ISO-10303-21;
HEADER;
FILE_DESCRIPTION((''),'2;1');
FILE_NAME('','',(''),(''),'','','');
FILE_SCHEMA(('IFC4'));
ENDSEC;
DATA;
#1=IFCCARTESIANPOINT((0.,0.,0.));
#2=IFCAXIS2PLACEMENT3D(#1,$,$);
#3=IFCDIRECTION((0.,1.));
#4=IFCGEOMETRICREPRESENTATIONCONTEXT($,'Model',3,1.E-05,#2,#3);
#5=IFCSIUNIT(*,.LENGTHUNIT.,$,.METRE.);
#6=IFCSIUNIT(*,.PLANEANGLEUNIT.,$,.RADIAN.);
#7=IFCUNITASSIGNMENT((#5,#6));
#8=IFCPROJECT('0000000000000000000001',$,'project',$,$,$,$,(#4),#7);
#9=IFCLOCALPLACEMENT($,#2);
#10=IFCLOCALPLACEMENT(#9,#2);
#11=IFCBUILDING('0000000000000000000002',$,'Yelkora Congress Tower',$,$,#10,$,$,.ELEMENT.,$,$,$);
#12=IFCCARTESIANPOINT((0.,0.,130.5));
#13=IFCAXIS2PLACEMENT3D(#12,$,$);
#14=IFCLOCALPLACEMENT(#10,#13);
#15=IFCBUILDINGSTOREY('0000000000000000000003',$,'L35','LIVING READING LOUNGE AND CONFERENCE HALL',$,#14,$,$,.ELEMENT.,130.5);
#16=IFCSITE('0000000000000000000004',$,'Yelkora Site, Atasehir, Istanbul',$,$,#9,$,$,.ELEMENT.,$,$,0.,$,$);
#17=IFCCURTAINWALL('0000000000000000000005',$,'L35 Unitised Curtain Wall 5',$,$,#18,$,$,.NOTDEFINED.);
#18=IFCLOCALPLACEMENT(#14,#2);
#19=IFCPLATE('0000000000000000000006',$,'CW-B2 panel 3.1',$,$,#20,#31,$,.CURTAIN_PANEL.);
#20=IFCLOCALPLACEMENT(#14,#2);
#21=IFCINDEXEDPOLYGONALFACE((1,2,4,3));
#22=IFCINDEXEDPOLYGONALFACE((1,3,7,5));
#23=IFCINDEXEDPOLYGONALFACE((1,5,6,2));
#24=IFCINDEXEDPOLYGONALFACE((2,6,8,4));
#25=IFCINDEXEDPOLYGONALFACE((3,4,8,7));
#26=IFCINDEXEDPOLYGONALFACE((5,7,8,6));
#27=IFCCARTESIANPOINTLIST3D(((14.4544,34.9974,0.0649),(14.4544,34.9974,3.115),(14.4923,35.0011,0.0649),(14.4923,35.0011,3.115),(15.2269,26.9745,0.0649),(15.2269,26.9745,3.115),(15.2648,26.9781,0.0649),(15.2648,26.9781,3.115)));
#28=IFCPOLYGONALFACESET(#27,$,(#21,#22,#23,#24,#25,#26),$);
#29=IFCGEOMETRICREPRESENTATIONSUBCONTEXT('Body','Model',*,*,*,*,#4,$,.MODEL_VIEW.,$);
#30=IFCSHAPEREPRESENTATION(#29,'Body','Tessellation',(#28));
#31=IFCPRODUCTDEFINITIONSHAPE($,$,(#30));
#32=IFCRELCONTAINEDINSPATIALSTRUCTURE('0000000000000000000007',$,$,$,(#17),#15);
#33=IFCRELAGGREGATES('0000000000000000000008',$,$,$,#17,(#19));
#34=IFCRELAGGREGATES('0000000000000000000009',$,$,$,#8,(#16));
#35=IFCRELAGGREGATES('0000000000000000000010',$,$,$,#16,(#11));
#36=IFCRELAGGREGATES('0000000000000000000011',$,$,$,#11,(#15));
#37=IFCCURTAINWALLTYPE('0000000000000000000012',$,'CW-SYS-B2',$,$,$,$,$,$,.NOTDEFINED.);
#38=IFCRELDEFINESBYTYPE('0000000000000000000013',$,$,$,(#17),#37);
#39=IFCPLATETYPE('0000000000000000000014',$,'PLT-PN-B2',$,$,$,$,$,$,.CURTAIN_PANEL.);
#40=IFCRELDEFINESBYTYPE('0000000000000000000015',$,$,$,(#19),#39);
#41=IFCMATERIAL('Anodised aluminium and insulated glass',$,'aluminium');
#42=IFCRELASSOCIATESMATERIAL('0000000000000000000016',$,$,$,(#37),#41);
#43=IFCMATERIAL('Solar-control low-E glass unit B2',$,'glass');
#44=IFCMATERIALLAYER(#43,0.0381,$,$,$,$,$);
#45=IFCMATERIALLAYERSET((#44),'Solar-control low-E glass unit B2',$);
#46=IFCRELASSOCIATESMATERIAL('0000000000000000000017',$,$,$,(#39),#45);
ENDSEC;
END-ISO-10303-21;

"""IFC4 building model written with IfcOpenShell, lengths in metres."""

from ifc_helpers import new_model, si_unit, direction, frame, origin, origin_2d, place, context, subcontext, project, spatial, rectangle, extrude, material, layer, layer_set, type_object, element, aggregate, save


model = new_model("IFC4")

# Units and contexts
model_context = context("Model", 3, precision=1e-05, world=origin(), true_north=direction((0.0, 1.0)))
body_context = subcontext(model_context, "Body", "Model", "MODEL_VIEW")
ifc_project = project(units=[si_unit("LENGTHUNIT", "METRE"), si_unit("PLANEANGLEUNIT", "RADIAN")], contexts=[model_context])

# Site, building, storey
site_placement = place(None, origin())
site = spatial("IfcSite", under=ifc_project, at=site_placement, Name="Yelkora Site, Atasehir, Istanbul", CompositionType="ELEMENT", RefElevation=0.0)
building_placement = place(site_placement, origin())
building = spatial("IfcBuilding", under=site, at=building_placement, Name="Yelkora Congress Tower", CompositionType="ELEMENT")
storey_placement = place(building_placement, frame((0.0, 0.0, 130.5)))
storey = spatial("IfcBuildingStorey", under=building, at=storey_placement, Name="L35", Description="LIVING READING LOUNGE AND CONFERENCE HALL", CompositionType="ELEMENT", Elevation=130.5)

# Curtain wall, plate
ifc_material_1 = material(Name="Anodised aluminium and insulated glass", Category="aluminium")
curtain_wall_type = type_object("IfcCurtainWallType", Name="CW-SYS-B2", PredefinedType="NOTDEFINED", material=ifc_material_1)
curtain_wall_placement = place(storey_placement, origin())
curtain_wall = element("IfcCurtainWall", 1, at=curtain_wall_placement, inside=storey, type_object=curtain_wall_type, Name="L35 Unitised Curtain Wall 5", PredefinedType="NOTDEFINED")
ifc_material_2 = material(Name="Solar-control low-E glass unit B2", Category="glass")
ifc_layer_1 = layer(ifc_material_2, 0.0381)
ifc_layer_set_1 = layer_set([ifc_layer_1], Name="Solar-control low-E glass unit B2")
plate_type = type_object("IfcPlateType", Name="PLT-PN-B2", PredefinedType="CURTAIN_PANEL", material=ifc_layer_set_1)
plate_1_placement = place(storey_placement, frame((14.8596, 30.9878, 0.0649), z_axis=(0.0, 0.0, 1.0), x_axis=(-0.095843, 0.995397, 0.0)))
plate_1 = element("IfcPlate", 2, at=plate_1_placement, type_object=plate_type, Name="CW-B2 panel 3.1", PredefinedType="CURTAIN_PANEL", context=body_context, shape_type="SweptSolid", body=[
    extrude(rectangle(XDim=8.0601, YDim=0.0381, at=origin_2d()), origin(), (0.0, 0.0, 1.0), 3.05),
])
aggregate(curtain_wall, [plate_1])

save(model, "model.ifc")
